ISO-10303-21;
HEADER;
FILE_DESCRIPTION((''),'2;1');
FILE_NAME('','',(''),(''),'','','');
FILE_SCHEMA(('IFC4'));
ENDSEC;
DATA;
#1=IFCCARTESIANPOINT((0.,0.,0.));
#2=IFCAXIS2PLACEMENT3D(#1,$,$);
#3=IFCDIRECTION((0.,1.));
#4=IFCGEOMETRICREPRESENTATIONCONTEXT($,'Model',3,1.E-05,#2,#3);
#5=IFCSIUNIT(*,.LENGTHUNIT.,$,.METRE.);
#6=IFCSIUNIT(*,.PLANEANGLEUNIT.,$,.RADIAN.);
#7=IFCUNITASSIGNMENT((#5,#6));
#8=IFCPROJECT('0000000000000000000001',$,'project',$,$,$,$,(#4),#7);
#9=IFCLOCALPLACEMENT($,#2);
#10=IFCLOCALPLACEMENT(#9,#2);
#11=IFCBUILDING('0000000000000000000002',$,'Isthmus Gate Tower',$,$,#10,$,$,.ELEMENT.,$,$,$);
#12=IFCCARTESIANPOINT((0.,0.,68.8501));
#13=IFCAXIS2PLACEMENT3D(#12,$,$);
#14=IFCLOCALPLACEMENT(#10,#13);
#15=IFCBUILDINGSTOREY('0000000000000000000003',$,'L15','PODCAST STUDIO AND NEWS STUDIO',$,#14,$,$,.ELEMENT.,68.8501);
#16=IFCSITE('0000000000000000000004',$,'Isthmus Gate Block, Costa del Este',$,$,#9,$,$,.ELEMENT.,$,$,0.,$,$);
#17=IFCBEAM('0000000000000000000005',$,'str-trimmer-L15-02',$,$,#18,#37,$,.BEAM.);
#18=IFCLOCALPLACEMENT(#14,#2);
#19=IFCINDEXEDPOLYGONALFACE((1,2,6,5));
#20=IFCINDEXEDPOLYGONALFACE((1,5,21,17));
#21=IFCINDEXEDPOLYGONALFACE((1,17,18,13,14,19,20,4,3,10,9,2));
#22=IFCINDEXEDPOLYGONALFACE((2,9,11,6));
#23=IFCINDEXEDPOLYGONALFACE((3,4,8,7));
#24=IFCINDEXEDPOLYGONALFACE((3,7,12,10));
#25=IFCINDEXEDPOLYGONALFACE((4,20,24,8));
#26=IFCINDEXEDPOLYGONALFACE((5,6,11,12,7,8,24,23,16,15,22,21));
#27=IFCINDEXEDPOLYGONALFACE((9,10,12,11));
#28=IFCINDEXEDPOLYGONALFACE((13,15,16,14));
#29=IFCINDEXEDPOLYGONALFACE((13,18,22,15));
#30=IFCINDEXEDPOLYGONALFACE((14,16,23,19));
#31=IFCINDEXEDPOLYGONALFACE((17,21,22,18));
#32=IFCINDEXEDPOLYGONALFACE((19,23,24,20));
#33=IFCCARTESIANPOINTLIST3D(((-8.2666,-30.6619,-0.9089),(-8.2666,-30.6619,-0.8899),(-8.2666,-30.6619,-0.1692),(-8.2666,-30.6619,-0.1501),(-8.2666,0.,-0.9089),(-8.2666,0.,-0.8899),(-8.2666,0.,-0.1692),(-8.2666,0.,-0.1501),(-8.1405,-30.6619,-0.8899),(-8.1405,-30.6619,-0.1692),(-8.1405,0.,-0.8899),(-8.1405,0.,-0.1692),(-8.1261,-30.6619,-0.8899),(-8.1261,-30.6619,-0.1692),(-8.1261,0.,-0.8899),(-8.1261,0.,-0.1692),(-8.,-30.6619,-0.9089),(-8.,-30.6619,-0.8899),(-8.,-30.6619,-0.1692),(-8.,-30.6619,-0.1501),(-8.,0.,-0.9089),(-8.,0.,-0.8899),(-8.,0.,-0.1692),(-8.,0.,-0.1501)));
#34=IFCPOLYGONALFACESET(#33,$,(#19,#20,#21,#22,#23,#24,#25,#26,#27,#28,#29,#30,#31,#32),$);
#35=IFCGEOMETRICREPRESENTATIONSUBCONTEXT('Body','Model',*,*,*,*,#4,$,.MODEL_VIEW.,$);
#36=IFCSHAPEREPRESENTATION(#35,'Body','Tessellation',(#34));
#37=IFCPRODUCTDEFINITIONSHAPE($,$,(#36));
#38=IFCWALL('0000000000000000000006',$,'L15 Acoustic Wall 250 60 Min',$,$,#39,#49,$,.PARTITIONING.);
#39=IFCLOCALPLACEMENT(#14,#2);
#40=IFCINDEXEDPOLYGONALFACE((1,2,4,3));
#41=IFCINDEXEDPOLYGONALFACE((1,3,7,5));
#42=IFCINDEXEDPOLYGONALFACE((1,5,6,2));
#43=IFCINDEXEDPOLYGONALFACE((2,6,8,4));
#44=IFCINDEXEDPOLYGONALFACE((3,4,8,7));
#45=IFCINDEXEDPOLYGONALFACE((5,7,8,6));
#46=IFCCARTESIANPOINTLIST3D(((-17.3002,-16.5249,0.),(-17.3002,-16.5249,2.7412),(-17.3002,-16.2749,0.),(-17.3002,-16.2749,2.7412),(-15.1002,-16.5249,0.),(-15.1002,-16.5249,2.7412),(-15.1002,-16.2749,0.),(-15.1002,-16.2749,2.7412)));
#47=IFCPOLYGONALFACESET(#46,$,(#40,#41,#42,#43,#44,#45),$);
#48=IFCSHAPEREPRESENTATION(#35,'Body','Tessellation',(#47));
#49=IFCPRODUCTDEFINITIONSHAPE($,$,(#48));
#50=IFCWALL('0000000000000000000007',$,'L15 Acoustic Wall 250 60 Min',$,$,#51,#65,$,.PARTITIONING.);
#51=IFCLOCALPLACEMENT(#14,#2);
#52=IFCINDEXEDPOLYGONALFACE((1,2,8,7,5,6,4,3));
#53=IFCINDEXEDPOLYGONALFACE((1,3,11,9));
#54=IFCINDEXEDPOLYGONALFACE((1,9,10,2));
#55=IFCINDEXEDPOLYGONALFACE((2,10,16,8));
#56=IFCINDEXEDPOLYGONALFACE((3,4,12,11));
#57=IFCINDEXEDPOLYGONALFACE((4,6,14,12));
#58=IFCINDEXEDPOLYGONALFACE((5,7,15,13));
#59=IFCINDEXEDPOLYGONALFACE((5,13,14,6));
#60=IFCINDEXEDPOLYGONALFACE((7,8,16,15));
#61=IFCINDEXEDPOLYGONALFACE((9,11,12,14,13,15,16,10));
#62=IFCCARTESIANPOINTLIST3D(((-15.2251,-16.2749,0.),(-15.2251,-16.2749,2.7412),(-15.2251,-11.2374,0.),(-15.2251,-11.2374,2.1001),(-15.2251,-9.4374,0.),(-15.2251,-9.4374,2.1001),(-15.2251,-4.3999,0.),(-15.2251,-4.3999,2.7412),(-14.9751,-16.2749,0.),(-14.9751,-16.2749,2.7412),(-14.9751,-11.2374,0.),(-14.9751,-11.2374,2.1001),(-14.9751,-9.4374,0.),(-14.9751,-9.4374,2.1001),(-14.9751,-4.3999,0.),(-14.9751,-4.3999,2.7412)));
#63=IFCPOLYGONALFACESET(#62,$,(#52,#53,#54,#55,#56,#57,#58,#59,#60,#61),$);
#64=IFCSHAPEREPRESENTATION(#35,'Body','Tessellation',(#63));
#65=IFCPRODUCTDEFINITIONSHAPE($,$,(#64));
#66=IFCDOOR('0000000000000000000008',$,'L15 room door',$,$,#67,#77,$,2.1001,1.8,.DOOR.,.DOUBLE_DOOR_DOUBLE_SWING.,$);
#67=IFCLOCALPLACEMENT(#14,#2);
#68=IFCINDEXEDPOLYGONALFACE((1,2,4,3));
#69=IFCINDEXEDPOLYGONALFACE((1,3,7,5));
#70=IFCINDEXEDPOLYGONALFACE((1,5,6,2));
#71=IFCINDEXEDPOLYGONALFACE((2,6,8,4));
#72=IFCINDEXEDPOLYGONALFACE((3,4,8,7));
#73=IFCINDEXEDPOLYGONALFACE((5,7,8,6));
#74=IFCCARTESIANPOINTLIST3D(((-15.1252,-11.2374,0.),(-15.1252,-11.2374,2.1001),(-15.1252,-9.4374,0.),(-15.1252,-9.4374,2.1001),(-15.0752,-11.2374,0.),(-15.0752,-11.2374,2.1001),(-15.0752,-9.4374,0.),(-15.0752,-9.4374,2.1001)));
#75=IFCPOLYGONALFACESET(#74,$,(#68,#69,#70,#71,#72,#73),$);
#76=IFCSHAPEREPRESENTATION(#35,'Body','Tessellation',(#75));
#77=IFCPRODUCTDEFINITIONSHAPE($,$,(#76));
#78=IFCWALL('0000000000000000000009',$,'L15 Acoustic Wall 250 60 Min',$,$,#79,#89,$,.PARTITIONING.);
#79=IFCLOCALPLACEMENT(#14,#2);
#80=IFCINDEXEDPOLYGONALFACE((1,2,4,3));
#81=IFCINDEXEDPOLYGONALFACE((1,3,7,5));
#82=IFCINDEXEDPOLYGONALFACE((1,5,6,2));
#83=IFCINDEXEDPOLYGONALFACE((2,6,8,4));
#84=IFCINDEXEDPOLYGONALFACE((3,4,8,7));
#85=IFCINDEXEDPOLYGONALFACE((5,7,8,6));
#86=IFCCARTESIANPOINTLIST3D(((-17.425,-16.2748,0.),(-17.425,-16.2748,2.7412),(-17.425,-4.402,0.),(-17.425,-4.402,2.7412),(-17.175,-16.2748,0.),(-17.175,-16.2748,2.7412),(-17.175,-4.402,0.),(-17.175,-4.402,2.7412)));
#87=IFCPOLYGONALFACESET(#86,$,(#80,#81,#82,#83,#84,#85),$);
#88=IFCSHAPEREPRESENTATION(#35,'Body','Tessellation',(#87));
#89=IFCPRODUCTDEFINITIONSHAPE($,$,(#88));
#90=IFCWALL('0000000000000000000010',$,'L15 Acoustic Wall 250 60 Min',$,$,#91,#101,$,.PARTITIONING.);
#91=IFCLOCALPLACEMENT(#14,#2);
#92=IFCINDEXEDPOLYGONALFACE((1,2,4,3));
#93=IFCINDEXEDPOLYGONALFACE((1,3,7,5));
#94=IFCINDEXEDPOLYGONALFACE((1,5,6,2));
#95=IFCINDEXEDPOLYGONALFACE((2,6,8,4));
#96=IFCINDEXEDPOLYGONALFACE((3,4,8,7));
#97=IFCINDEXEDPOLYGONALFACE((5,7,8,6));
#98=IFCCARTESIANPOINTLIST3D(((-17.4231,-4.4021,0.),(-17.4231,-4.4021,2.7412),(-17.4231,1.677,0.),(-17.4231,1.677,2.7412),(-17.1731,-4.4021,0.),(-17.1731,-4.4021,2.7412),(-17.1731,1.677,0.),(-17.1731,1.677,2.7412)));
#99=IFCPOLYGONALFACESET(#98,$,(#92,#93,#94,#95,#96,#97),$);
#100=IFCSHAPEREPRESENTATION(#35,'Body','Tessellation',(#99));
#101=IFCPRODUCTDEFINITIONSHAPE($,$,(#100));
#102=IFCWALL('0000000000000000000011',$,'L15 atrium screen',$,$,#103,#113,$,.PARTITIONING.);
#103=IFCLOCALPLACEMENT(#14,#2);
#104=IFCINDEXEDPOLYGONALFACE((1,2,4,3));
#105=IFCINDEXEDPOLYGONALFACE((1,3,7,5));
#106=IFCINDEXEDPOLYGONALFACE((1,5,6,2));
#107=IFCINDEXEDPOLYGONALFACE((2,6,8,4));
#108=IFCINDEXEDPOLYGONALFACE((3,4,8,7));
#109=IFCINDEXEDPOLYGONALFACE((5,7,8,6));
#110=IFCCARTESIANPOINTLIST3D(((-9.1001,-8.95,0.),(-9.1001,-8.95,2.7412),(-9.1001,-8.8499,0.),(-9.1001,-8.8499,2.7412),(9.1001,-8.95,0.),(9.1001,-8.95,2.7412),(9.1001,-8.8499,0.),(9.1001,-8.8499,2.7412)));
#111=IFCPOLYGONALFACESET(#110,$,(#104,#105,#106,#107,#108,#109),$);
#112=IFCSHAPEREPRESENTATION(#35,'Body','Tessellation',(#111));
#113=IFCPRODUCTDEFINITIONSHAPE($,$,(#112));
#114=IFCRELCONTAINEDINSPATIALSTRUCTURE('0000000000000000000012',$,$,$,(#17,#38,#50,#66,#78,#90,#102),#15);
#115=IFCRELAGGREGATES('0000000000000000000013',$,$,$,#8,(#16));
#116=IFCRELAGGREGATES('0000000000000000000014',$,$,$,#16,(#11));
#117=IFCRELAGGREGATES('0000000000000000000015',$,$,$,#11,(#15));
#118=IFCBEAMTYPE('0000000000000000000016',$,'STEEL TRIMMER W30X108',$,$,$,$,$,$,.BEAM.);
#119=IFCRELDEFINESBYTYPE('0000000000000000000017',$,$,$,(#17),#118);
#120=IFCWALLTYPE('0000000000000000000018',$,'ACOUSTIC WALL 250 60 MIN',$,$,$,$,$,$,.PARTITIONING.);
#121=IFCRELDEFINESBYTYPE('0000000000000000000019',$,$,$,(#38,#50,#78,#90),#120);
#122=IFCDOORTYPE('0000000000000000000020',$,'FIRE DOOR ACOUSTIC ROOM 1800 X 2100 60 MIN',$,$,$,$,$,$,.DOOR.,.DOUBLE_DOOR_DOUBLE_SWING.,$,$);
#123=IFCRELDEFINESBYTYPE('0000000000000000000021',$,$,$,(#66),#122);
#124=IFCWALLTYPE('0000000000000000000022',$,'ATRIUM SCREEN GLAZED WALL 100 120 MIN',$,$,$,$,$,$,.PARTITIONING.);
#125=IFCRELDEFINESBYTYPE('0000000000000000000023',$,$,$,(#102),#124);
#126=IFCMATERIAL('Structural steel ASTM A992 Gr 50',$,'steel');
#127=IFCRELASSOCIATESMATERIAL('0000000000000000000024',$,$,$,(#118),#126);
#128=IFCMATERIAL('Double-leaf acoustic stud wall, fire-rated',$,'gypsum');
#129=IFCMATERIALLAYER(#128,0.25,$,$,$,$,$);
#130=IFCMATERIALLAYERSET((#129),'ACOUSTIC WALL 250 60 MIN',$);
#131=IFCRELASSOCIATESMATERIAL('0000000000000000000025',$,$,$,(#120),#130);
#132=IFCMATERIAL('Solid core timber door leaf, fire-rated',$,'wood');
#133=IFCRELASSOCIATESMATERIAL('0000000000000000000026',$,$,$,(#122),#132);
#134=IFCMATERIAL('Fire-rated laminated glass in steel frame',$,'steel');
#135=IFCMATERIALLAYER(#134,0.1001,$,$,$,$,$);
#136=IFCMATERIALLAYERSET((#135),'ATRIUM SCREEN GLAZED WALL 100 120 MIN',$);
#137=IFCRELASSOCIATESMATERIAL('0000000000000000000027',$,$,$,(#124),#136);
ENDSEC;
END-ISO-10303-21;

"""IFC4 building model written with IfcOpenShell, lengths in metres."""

from ifc_helpers import new_model, si_unit, direction, frame, frame_2d, origin, origin_2d, place, context, subcontext, project, spatial, rectangle, i_section, extrude, material, layer, layer_set, material_profile, profile_set, type_object, element, fill, save


model = new_model("IFC4")

# Units and contexts
model_context = context("Model", 3, precision=1e-05, world=origin(), true_north=direction((0.0, 1.0)))
body_context = subcontext(model_context, "Body", "Model", "MODEL_VIEW")
ifc_project = project(units=[si_unit("LENGTHUNIT", "METRE"), si_unit("PLANEANGLEUNIT", "RADIAN")], contexts=[model_context])

# Site, building, storey
site_placement = place(None, origin())
site = spatial("IfcSite", under=ifc_project, at=site_placement, Name="Isthmus Gate Block, Costa del Este", CompositionType="ELEMENT", RefElevation=0.0)
building_placement = place(site_placement, origin())
building = spatial("IfcBuilding", under=site, at=building_placement, Name="Isthmus Gate Tower", CompositionType="ELEMENT")
storey_placement = place(building_placement, frame((0.0, 0.0, 68.8501)))
storey = spatial("IfcBuildingStorey", under=building, at=storey_placement, Name="L15", Description="PODCAST STUDIO AND NEWS STUDIO", CompositionType="ELEMENT", Elevation=68.8501)

# Beam
ifc_material_1 = material(Name="Structural steel ASTM A992 Gr 50", Category="steel")
ifc_material_profile_1 = material_profile(ifc_material_1, i_section(OverallWidth=0.2666, OverallDepth=0.7588, WebThickness=0.0144, FlangeThickness=0.019, at=origin_2d()), Name="W30X108")
ifc_profile_set_1 = profile_set([ifc_material_profile_1], Name="Structural steel ASTM A992 Gr 50")
beam_type_1 = type_object("IfcBeamType", Name="STEEL TRIMMER W30X108", PredefinedType="BEAM", material=ifc_profile_set_1)
beam_1_placement = place(storey_placement, frame((-8.1333, 0.0, -0.5295), z_axis=(0.0, -1.0, 0.0), x_axis=(1.0, 0.0, 0.0)))
element("IfcBeam", 1, at=beam_1_placement, inside=storey, type_object=beam_type_1, Name="str-trimmer-L15-02", PredefinedType="BEAM", context=body_context, shape_type="SweptSolid", body=[
    extrude(i_section(OverallWidth=0.2666, OverallDepth=0.7588, WebThickness=0.0144, FlangeThickness=0.019, at=origin_2d()), origin(), (0.0, 0.0, 1.0), 30.6619),
])

# Wall
ifc_material_2 = material(Name="Double-leaf acoustic stud wall, fire-rated", Category="gypsum")
ifc_layer_1 = layer(ifc_material_2, 0.25)
ifc_layer_set_1 = layer_set([ifc_layer_1], Name="ACOUSTIC WALL 250 60 MIN")
wall_type_1 = type_object("IfcWallType", Name="ACOUSTIC WALL 250 60 MIN", PredefinedType="PARTITIONING", material=ifc_layer_set_1)
wall_1_placement = place(storey_placement, frame((-15.1001, -16.3999, 0.0), z_axis=(0.0, 0.0, 1.0), x_axis=(-1.0, 0.0, 0.0)))
element("IfcWall", 2, at=wall_1_placement, inside=storey, type_object=wall_type_1, Name="L15 Acoustic Wall 250 60 Min", PredefinedType="PARTITIONING", context=body_context, shape_type="SweptSolid", body=[
    extrude(rectangle(XDim=2.2, YDim=0.25, at=frame_2d((1.1001, 0.0))), origin(), (0.0, 0.0, 1.0), 2.7412),
])

# Wall, opening, door
wall_2_placement = place(storey_placement, frame((-15.1001, -4.3999, 0.0), z_axis=(0.0, 0.0, 1.0), x_axis=(0.0, -1.0, 0.0)))
wall_2 = element("IfcWall", 3, at=wall_2_placement, inside=storey, type_object=wall_type_1, Name="L15 Acoustic Wall 250 60 Min", PredefinedType="PARTITIONING", context=body_context, shape_type="SweptSolid", body=[
    extrude(rectangle(XDim=11.875, YDim=0.25, at=frame_2d((5.9375, 0.0))), origin(), (0.0, 0.0, 1.0), 2.7412),
])
opening_placement = place(wall_2_placement, frame((5.0376, 0.0, 0.0)))
opening = element("IfcOpeningElement", 4, at=opening_placement, cuts=wall_2, PredefinedType="OPENING", context=body_context, shape_type="SweptSolid", body=[
    extrude(rectangle(XDim=1.8, YDim=2.1001, at=frame_2d((0.8999, 1.05))), frame((0.0, 0.135, 0.0), z_axis=(0.0, -1.0, 0.0), x_axis=(1.0, 0.0, 0.0)), (0.0, 0.0, 1.0), 0.27),
])
ifc_material_3 = material(Name="Solid core timber door leaf, fire-rated", Category="wood")
door_type = type_object("IfcDoorType", Name="FIRE DOOR ACOUSTIC ROOM 1800 X 2100 60 MIN", OperationType="DOUBLE_DOOR_DOUBLE_SWING", PredefinedType="DOOR", material=ifc_material_3)
door_placement = place(opening_placement, origin())
door = element("IfcDoor", 5, at=door_placement, inside=storey, type_object=door_type, Name="L15 room door", OperationType="DOUBLE_DOOR_DOUBLE_SWING", OverallHeight=2.1001, OverallWidth=1.8, PredefinedType="DOOR", context=body_context, shape_type="SweptSolid", body=[
    extrude(rectangle(XDim=1.8, YDim=2.1001, at=frame_2d((0.8999, 1.05))), frame((0.0, 0.0249, 0.0), z_axis=(0.0, -1.0, 0.0), x_axis=(1.0, 0.0, 0.0)), (0.0, 0.0, 1.0), 0.05),
])
fill(opening, door)

# Walls
wall_3_placement = place(storey_placement, frame((-17.3, -16.2749, 0.0), z_axis=(0.0, 0.0, 1.0), x_axis=(0.0, 1.0, 0.0)))
element("IfcWall", 6, at=wall_3_placement, inside=storey, type_object=wall_type_1, Name="L15 Acoustic Wall 250 60 Min", PredefinedType="PARTITIONING", context=body_context, shape_type="SweptSolid", body=[
    extrude(rectangle(XDim=11.8728, YDim=0.25, at=frame_2d((5.9365, 0.0))), origin(), (0.0, 0.0, 1.0), 2.7412),
])
wall_4_placement = place(storey_placement, frame((-17.2981, -4.4021, 0.0), z_axis=(0.0, 0.0, 1.0), x_axis=(0.0, 1.0, 0.0)))
element("IfcWall", 7, at=wall_4_placement, inside=storey, type_object=wall_type_1, Name="L15 Acoustic Wall 250 60 Min", PredefinedType="PARTITIONING", context=body_context, shape_type="SweptSolid", body=[
    extrude(rectangle(XDim=6.0791, YDim=0.25, at=frame_2d((3.0396, 0.0))), origin(), (0.0, 0.0, 1.0), 2.7412),
])
ifc_material_4 = material(Name="Fire-rated laminated glass in steel frame", Category="steel")
ifc_layer_2 = layer(ifc_material_4, 0.1001)
ifc_layer_set_2 = layer_set([ifc_layer_2], Name="ATRIUM SCREEN GLAZED WALL 100 120 MIN")
wall_type_2 = type_object("IfcWallType", Name="ATRIUM SCREEN GLAZED WALL 100 120 MIN", PredefinedType="PARTITIONING", material=ifc_layer_set_2)
wall_5_placement = place(storey_placement, frame((-9.1001, -8.8999, 0.0), z_axis=(0.0, 0.0, 1.0), x_axis=(1.0, 0.0, 0.0)))
element("IfcWall", 8, at=wall_5_placement, inside=storey, type_object=wall_type_2, Name="L15 atrium screen", PredefinedType="PARTITIONING", context=body_context, shape_type="SweptSolid", body=[
    extrude(rectangle(XDim=18.2002, YDim=0.1001, at=frame_2d((9.1001, 0.0))), origin(), (0.0, 0.0, 1.0), 2.7412),
])

save(model, "model.ifc")
